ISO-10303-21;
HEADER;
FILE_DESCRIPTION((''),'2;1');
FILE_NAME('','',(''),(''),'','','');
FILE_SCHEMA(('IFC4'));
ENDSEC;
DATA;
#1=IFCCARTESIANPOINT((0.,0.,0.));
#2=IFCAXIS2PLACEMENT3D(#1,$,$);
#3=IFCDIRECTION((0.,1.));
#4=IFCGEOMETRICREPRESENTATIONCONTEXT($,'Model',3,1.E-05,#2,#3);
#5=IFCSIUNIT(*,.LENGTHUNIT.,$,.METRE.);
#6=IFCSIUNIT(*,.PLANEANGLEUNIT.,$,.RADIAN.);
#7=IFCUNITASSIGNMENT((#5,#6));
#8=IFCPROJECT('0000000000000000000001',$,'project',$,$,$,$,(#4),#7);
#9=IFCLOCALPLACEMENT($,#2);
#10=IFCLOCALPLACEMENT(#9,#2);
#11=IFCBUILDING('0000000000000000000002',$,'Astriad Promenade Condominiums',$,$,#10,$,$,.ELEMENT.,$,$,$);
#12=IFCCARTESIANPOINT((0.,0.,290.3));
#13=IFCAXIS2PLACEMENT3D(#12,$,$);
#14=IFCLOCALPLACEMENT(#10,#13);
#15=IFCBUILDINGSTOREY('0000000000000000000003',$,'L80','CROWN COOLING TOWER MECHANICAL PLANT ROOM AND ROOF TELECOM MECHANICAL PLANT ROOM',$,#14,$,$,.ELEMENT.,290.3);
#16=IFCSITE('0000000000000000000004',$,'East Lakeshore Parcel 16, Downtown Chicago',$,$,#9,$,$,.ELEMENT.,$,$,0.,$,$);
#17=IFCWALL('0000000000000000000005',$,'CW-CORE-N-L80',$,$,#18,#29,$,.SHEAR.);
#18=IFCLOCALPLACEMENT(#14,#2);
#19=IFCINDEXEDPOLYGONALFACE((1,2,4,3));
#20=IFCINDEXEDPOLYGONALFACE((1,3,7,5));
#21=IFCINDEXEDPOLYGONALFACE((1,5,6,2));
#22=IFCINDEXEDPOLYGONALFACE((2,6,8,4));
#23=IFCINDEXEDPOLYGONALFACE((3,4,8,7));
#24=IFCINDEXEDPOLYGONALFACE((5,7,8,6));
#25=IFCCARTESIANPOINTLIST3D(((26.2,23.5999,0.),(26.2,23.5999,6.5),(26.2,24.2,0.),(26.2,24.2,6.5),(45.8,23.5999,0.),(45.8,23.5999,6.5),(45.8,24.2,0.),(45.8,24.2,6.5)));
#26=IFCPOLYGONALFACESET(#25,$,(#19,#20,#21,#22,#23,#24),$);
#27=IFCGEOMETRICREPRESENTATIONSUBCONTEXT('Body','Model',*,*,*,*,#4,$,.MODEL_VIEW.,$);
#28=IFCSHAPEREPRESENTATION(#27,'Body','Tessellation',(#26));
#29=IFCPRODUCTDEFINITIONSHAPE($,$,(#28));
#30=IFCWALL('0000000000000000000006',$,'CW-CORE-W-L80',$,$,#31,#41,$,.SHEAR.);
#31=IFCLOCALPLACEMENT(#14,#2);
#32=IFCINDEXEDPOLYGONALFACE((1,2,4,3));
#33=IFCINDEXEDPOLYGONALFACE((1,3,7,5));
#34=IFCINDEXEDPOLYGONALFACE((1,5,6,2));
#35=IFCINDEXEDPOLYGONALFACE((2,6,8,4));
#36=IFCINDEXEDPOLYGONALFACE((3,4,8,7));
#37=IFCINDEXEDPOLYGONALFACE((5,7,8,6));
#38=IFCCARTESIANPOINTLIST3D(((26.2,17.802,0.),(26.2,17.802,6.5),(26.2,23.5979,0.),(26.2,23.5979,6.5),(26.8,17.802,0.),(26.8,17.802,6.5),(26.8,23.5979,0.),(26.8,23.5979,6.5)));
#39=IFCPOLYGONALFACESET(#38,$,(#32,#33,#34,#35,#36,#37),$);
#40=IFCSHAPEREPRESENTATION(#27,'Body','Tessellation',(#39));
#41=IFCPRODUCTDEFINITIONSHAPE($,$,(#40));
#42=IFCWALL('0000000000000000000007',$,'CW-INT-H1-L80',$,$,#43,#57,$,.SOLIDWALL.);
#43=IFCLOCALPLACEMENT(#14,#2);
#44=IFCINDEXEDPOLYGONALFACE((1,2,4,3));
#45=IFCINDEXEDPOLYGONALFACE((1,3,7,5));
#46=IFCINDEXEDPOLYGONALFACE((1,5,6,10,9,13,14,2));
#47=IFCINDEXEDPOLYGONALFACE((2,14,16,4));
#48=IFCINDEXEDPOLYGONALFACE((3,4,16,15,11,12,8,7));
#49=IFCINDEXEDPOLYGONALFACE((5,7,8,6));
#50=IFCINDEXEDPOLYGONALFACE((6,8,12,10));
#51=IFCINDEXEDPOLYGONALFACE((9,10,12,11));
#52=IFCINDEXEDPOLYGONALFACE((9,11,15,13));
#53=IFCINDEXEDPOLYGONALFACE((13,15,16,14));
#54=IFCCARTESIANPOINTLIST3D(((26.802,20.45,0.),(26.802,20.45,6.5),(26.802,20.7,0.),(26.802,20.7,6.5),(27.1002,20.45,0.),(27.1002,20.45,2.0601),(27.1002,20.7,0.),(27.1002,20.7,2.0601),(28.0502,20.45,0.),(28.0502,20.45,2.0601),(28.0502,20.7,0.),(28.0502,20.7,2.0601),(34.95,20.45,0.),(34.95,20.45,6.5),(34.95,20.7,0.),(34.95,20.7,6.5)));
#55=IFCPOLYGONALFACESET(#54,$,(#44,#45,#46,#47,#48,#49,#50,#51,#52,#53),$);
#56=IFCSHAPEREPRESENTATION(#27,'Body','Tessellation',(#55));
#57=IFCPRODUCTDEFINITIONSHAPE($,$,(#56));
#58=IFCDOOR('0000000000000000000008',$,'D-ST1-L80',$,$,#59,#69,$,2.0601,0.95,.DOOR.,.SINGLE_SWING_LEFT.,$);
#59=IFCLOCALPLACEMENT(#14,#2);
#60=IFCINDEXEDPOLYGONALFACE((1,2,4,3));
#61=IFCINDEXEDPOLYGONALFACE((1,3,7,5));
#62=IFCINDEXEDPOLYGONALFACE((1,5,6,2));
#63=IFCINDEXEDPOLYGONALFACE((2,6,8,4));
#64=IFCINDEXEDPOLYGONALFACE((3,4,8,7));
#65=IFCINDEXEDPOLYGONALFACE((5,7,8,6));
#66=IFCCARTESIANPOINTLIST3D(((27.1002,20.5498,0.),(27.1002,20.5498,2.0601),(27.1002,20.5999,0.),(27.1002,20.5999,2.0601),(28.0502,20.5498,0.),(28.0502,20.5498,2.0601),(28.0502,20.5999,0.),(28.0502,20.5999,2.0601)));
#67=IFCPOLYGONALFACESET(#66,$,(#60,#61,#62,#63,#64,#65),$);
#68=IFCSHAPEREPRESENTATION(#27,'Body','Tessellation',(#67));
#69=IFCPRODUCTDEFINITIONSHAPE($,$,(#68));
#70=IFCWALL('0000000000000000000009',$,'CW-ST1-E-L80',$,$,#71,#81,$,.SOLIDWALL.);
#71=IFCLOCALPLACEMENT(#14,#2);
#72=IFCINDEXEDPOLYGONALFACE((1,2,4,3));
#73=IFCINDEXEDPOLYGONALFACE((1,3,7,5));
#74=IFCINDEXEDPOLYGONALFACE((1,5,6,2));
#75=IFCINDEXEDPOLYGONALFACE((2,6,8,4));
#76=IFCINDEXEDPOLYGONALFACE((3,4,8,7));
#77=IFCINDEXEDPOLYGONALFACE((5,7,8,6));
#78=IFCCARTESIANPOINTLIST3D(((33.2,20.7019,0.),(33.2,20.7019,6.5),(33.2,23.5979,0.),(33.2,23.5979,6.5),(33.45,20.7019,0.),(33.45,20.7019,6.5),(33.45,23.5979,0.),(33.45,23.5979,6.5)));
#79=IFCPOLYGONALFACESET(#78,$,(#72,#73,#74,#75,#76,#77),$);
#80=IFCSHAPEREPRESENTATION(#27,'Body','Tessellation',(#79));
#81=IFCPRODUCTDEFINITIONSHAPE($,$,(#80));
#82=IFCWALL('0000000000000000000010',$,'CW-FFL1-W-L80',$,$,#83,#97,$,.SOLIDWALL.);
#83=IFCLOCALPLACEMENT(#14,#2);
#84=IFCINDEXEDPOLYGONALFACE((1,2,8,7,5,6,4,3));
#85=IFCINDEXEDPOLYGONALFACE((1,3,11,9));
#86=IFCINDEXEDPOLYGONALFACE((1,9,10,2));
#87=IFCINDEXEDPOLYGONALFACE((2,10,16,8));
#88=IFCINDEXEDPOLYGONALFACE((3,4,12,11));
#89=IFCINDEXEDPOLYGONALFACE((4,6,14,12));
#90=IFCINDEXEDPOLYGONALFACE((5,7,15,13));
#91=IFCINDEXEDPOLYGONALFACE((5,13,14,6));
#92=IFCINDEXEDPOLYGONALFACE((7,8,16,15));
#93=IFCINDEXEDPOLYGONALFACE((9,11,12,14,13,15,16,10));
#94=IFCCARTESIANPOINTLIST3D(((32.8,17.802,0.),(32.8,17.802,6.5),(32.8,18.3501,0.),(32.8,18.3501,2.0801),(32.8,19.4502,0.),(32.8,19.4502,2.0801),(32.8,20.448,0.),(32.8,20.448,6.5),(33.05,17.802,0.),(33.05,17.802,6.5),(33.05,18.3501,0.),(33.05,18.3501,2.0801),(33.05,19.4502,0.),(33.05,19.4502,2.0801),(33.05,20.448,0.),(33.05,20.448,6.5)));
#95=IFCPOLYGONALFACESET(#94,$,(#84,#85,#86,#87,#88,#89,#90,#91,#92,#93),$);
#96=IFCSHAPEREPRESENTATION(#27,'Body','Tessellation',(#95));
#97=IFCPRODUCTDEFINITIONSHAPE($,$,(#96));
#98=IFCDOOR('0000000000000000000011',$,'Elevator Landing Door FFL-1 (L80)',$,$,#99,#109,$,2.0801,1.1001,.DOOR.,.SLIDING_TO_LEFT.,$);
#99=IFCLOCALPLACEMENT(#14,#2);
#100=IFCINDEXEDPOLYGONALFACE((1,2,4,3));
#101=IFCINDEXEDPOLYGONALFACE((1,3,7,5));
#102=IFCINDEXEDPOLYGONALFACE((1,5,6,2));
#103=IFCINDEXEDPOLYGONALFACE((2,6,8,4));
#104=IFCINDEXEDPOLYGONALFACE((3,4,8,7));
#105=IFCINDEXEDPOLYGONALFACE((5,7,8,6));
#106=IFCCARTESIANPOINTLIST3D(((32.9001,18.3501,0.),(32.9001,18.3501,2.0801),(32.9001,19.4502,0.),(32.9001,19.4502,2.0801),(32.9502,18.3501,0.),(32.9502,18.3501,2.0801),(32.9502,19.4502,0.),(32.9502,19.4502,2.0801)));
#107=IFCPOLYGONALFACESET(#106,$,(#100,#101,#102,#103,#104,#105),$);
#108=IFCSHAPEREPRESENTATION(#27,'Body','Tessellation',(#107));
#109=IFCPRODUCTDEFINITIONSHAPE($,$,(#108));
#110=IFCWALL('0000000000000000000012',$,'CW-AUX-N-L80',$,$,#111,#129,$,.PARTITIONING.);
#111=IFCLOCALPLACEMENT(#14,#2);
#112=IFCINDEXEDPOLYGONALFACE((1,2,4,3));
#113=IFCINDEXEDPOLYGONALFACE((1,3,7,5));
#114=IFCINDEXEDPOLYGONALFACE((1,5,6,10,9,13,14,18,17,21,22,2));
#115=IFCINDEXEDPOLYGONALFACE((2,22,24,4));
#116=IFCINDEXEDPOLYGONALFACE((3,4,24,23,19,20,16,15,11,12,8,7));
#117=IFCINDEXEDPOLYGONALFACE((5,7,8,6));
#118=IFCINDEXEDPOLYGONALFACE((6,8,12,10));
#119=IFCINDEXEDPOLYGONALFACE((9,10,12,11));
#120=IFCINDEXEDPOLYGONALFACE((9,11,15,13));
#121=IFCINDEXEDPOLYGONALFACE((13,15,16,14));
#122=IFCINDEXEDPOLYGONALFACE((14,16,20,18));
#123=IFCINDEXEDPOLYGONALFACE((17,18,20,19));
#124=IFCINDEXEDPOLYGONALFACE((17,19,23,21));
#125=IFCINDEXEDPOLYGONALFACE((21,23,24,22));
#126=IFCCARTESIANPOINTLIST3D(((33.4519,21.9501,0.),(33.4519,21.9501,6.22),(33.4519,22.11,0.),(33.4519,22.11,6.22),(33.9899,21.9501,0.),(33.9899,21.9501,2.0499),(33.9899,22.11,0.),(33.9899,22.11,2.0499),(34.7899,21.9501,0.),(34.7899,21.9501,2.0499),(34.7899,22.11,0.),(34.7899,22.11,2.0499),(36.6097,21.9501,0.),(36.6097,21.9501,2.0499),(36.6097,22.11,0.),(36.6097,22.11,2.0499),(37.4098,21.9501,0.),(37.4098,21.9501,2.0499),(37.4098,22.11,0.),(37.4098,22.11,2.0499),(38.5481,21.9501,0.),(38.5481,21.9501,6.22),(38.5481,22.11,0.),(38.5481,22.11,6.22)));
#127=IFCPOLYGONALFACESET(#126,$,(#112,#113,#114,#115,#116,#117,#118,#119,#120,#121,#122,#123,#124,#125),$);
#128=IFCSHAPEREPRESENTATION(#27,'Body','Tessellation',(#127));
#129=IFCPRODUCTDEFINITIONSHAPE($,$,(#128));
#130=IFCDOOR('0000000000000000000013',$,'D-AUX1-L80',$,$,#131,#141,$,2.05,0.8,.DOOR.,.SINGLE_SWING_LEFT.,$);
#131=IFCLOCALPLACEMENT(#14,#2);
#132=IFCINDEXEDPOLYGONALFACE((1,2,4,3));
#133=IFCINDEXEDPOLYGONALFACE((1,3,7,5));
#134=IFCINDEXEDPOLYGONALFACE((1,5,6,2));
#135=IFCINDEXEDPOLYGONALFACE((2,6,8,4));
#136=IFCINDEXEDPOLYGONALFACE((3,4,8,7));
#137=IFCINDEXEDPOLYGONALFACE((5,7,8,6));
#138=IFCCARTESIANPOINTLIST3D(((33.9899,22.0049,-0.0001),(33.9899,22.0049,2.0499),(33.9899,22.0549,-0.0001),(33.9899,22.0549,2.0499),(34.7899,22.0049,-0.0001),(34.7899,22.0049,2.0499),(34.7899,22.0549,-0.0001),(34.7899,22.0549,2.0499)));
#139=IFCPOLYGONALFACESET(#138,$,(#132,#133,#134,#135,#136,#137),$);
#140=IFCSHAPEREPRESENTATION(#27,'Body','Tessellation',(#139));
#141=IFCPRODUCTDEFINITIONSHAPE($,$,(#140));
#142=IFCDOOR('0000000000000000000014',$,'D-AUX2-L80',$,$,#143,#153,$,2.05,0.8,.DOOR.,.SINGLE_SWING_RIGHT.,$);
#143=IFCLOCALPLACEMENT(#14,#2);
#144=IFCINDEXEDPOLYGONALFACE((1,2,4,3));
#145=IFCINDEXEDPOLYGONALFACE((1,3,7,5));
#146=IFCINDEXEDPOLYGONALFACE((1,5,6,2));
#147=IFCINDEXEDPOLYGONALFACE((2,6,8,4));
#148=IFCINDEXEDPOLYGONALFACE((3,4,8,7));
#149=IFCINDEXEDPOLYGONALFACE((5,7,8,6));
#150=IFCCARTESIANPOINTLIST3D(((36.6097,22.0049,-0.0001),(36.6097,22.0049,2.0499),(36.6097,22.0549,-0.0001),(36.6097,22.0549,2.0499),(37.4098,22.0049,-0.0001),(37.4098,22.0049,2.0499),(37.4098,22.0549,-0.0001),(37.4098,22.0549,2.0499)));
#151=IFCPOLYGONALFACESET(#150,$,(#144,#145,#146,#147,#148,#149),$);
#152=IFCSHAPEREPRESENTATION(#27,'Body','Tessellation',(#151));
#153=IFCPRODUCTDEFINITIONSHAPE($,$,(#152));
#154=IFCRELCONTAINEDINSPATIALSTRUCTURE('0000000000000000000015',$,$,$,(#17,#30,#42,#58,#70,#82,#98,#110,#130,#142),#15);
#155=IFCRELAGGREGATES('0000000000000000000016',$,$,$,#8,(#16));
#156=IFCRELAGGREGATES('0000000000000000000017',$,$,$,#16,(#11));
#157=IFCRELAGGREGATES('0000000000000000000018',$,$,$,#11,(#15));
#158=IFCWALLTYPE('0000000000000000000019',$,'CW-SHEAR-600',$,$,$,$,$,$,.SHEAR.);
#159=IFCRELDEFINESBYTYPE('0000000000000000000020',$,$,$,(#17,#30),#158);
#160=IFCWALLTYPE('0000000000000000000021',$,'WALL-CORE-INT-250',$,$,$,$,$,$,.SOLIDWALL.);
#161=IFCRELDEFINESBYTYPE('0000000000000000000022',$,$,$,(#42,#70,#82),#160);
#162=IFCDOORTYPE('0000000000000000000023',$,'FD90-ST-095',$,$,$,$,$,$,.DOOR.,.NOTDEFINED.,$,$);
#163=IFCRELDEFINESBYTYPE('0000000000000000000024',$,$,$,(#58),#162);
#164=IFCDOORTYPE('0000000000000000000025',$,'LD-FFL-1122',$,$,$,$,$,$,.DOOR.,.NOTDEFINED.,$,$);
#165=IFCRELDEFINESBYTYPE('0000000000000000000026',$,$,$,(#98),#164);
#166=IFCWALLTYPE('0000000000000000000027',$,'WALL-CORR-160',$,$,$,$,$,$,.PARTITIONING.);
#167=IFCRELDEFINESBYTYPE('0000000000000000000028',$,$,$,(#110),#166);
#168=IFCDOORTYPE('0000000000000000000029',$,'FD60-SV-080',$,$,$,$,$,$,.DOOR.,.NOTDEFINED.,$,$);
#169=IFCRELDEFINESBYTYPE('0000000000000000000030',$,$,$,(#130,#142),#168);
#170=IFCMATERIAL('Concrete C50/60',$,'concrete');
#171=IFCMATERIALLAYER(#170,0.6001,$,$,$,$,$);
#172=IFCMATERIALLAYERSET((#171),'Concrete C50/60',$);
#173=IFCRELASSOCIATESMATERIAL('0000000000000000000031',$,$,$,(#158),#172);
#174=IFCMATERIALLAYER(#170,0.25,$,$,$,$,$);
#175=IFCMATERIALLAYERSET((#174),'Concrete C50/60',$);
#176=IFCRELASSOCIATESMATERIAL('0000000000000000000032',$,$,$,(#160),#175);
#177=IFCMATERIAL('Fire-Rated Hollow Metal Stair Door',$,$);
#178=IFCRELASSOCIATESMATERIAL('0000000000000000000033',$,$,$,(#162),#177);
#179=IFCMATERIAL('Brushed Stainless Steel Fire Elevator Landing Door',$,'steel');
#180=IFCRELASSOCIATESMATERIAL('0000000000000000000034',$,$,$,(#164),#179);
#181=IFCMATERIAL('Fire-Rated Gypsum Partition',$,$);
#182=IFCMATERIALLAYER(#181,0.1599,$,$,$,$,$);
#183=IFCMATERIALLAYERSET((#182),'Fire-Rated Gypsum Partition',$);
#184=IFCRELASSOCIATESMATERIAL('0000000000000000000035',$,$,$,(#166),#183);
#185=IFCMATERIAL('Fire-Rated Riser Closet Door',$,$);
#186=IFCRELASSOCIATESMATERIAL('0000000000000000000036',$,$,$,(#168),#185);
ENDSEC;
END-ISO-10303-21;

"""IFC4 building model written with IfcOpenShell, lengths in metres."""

from ifc_helpers import new_model, si_unit, direction, frame, frame_2d, origin, place, context, subcontext, project, spatial, rectangle, extrude, source, transform, mapped, material, layer, layer_set, type_object, type_shapes, element, fill, save


model = new_model("IFC4")

# Units and contexts
model_context = context("Model", 3, precision=1e-05, world=origin(), true_north=direction((0.0, 1.0)))
body_context = subcontext(model_context, "Body", "Model", "MODEL_VIEW")
ifc_project = project(units=[si_unit("LENGTHUNIT", "METRE"), si_unit("PLANEANGLEUNIT", "RADIAN")], contexts=[model_context])

# Site, building, storey
site_placement = place(None, origin())
site = spatial("IfcSite", under=ifc_project, at=site_placement, Name="East Lakeshore Parcel 16, Downtown Chicago", CompositionType="ELEMENT", RefElevation=0.0)
building_placement = place(site_placement, origin())
building = spatial("IfcBuilding", under=site, at=building_placement, Name="Astriad Promenade Condominiums", CompositionType="ELEMENT")
storey_placement = place(building_placement, frame((0.0, 0.0, 290.3)))
storey = spatial("IfcBuildingStorey", under=building, at=storey_placement, Name="L80", Description="CROWN COOLING TOWER MECHANICAL PLANT ROOM AND ROOF TELECOM MECHANICAL PLANT ROOM", CompositionType="ELEMENT", Elevation=290.3)

# Walls
ifc_material_1 = material(Name="Concrete C50/60", Category="concrete")
ifc_layer_1 = layer(ifc_material_1, 0.6001)
ifc_layer_set_1 = layer_set([ifc_layer_1], Name="Concrete C50/60")
wall_type_1 = type_object("IfcWallType", Name="CW-SHEAR-600", PredefinedType="SHEAR", material=ifc_layer_set_1)
wall_1_placement = place(storey_placement, frame((26.2, 23.8999, 0.0), z_axis=(0.0, 0.0, 1.0), x_axis=(1.0, 0.0, 0.0)))
element("IfcWall", 1, at=wall_1_placement, inside=storey, type_object=wall_type_1, Name="CW-CORE-N-L80", PredefinedType="SHEAR", context=body_context, shape_type="SweptSolid", body=[
    extrude(rectangle(XDim=19.6001, YDim=0.6001, at=frame_2d((9.8, 0.0))), origin(), (0.0, 0.0, 1.0), 6.5),
])
wall_2_placement = place(storey_placement, frame((26.5, 17.802, 0.0), z_axis=(0.0, 0.0, 1.0), x_axis=(0.0, 1.0, 0.0)))
element("IfcWall", 2, at=wall_2_placement, inside=storey, type_object=wall_type_1, Name="CW-CORE-W-L80", PredefinedType="SHEAR", context=body_context, shape_type="SweptSolid", body=[
    extrude(rectangle(XDim=5.7959, YDim=0.6001, at=frame_2d((2.8979, 0.0))), origin(), (0.0, 0.0, 1.0), 6.5),
])

# Wall, opening, door
ifc_layer_2 = layer(ifc_material_1, 0.25)
ifc_layer_set_2 = layer_set([ifc_layer_2], Name="Concrete C50/60")
wall_type_2 = type_object("IfcWallType", Name="WALL-CORE-INT-250", PredefinedType="SOLIDWALL", material=ifc_layer_set_2)
wall_3_placement = place(storey_placement, frame((26.802, 20.575, 0.0), z_axis=(0.0, 0.0, 1.0), x_axis=(1.0, 0.0, 0.0)))
wall_3 = element("IfcWall", 3, at=wall_3_placement, inside=storey, type_object=wall_type_2, Name="CW-INT-H1-L80", PredefinedType="SOLIDWALL", context=body_context, shape_type="SweptSolid", body=[
    extrude(rectangle(XDim=8.1479, YDim=0.25, at=frame_2d((4.074, 0.0))), origin(), (0.0, 0.0, 1.0), 6.5),
])
opening_1_placement = place(wall_3_placement, frame((0.2981, 0.0, 0.0)))
opening_1 = element("IfcOpeningElement", 4, at=opening_1_placement, cuts=wall_3, PredefinedType="OPENING", context=body_context, shape_type="SweptSolid", body=[
    extrude(rectangle(XDim=0.95, YDim=2.0601, at=frame_2d((0.4751, 1.03))), frame((0.0, 0.135, 0.0), z_axis=(0.0, -1.0, 0.0), x_axis=(1.0, 0.0, 0.0)), (0.0, 0.0, 1.0), 0.27),
])
ifc_material_2 = material(Name="Fire-Rated Hollow Metal Stair Door")
door_type_1 = type_object("IfcDoorType", Name="FD90-ST-095", OperationType="NOTDEFINED", PredefinedType="DOOR", material=ifc_material_2)
shared_shape_1 = source(origin(), body_context, "Body", "SweptSolid", [
    extrude(rectangle(XDim=0.95, YDim=2.0601, at=frame_2d((0.4751, 1.03))), frame((0.0, 0.0249, 0.0), z_axis=(0.0, -1.0, 0.0), x_axis=(1.0, 0.0, 0.0)), (0.0, 0.0, 1.0), 0.05),
])
type_shapes(door_type_1, [shared_shape_1])
door_1_placement = place(opening_1_placement, origin())
door_1 = element("IfcDoor", 5, at=door_1_placement, inside=storey, type_object=door_type_1, Name="D-ST1-L80", OperationType="SINGLE_SWING_LEFT", OverallHeight=2.0601, OverallWidth=0.95, PredefinedType="DOOR", context=body_context, shape_type="MappedRepresentation", body=[
    mapped(shared_shape_1, transform((0.0, 0.0, 0.0), scale=1.0)),
])
fill(opening_1, door_1)

# Wall
wall_4_placement = place(storey_placement, frame((33.325, 20.7019, 0.0), z_axis=(0.0, 0.0, 1.0), x_axis=(0.0, 1.0, 0.0)))
element("IfcWall", 6, at=wall_4_placement, inside=storey, type_object=wall_type_2, Name="CW-ST1-E-L80", PredefinedType="SOLIDWALL", context=body_context, shape_type="SweptSolid", body=[
    extrude(rectangle(XDim=2.896, YDim=0.25, at=frame_2d((1.448, 0.0))), origin(), (0.0, 0.0, 1.0), 6.5),
])

# Wall, opening, door
wall_5_placement = place(storey_placement, frame((32.925, 17.802, 0.0), z_axis=(0.0, 0.0, 1.0), x_axis=(0.0, 1.0, 0.0)))
wall_5 = element("IfcWall", 7, at=wall_5_placement, inside=storey, type_object=wall_type_2, Name="CW-FFL1-W-L80", PredefinedType="SOLIDWALL", context=body_context, shape_type="SweptSolid", body=[
    extrude(rectangle(XDim=2.646, YDim=0.25, at=frame_2d((1.323, 0.0))), origin(), (0.0, 0.0, 1.0), 6.5),
])
opening_2_placement = place(wall_5_placement, frame((0.5481, 0.0, 0.0)))
opening_2 = element("IfcOpeningElement", 8, at=opening_2_placement, cuts=wall_5, PredefinedType="OPENING", context=body_context, shape_type="SweptSolid", body=[
    extrude(rectangle(XDim=1.1001, YDim=2.0801, at=frame_2d((0.55, 1.04))), frame((0.0, 0.135, 0.0), z_axis=(0.0, -1.0, 0.0), x_axis=(1.0, 0.0, 0.0)), (0.0, 0.0, 1.0), 0.27),
])
ifc_material_3 = material(Name="Brushed Stainless Steel Fire Elevator Landing Door", Category="steel")
door_type_2 = type_object("IfcDoorType", Name="LD-FFL-1122", OperationType="NOTDEFINED", PredefinedType="DOOR", material=ifc_material_3)
shared_shape_2 = source(origin(), body_context, "Body", "SweptSolid", [
    extrude(rectangle(XDim=1.1001, YDim=2.0801, at=frame_2d((0.55, 1.04))), frame((0.0, 0.0249, 0.0), z_axis=(0.0, -1.0, 0.0), x_axis=(1.0, 0.0, 0.0)), (0.0, 0.0, 1.0), 0.05),
])
type_shapes(door_type_2, [shared_shape_2])
door_2_placement = place(opening_2_placement, origin())
door_2 = element("IfcDoor", 9, at=door_2_placement, inside=storey, type_object=door_type_2, Name="Elevator Landing Door FFL-1 (L80)", OperationType="SLIDING_TO_LEFT", OverallHeight=2.0801, OverallWidth=1.1001, PredefinedType="DOOR", context=body_context, shape_type="MappedRepresentation", body=[
    mapped(shared_shape_2, transform((0.0, 0.0, 0.0), scale=1.0)),
])
fill(opening_2, door_2)

# Wall, openings, doors
ifc_material_4 = material(Name="Fire-Rated Gypsum Partition")
ifc_layer_3 = layer(ifc_material_4, 0.1599)
ifc_layer_set_3 = layer_set([ifc_layer_3], Name="Fire-Rated Gypsum Partition")
wall_type_3 = type_object("IfcWallType", Name="WALL-CORR-160", PredefinedType="PARTITIONING", material=ifc_layer_set_3)
wall_6_placement = place(storey_placement, frame((33.4519, 22.03, 0.0), z_axis=(0.0, 0.0, 1.0), x_axis=(1.0, 0.0, 0.0)))
wall_6 = element("IfcWall", 10, at=wall_6_placement, inside=storey, type_object=wall_type_3, Name="CW-AUX-N-L80", PredefinedType="PARTITIONING", context=body_context, shape_type="SweptSolid", body=[
    extrude(rectangle(XDim=5.0962, YDim=0.1599, at=frame_2d((2.5481, 0.0))), origin(), (0.0, 0.0, 1.0), 6.22),
])
opening_3_placement = place(wall_6_placement, frame((0.5381, 0.0, 0.0)))
opening_3 = element("IfcOpeningElement", 11, at=opening_3_placement, cuts=wall_6, PredefinedType="OPENING", context=body_context, shape_type="SweptSolid", body=[
    extrude(rectangle(XDim=0.8, YDim=2.05, at=frame_2d((0.3999, 1.0249))), frame((0.0, 0.0898, 0.0), z_axis=(0.0, -1.0, 0.0), x_axis=(1.0, 0.0, 0.0)), (0.0, 0.0, 1.0), 0.1799),
])
opening_4_placement = place(wall_6_placement, frame((3.158, 0.0, 0.0)))
opening_4 = element("IfcOpeningElement", 12, at=opening_4_placement, cuts=wall_6, PredefinedType="OPENING", context=body_context, shape_type="SweptSolid", body=[
    extrude(rectangle(XDim=0.8, YDim=2.05, at=frame_2d((0.3999, 1.0249))), frame((0.0, 0.0898, 0.0), z_axis=(0.0, -1.0, 0.0), x_axis=(1.0, 0.0, 0.0)), (0.0, 0.0, 1.0), 0.1799),
])
ifc_material_5 = material(Name="Fire-Rated Riser Closet Door")
door_type_3 = type_object("IfcDoorType", Name="FD60-SV-080", OperationType="NOTDEFINED", PredefinedType="DOOR", material=ifc_material_5)
shared_shape_3 = source(origin(), body_context, "Body", "SweptSolid", [
    extrude(rectangle(XDim=0.8, YDim=2.05, at=frame_2d((0.3999, 1.0249))), frame((0.0, 0.0249, 0.0), z_axis=(0.0, -1.0, 0.0), x_axis=(1.0, 0.0, 0.0)), (0.0, 0.0, 1.0), 0.05),
])
type_shapes(door_type_3, [shared_shape_3])
door_3_placement = place(opening_3_placement, origin())
door_3 = element("IfcDoor", 13, at=door_3_placement, inside=storey, type_object=door_type_3, Name="D-AUX1-L80", OperationType="SINGLE_SWING_LEFT", OverallHeight=2.05, OverallWidth=0.8, PredefinedType="DOOR", context=body_context, shape_type="MappedRepresentation", body=[
    mapped(shared_shape_3, transform((0.0, 0.0, 0.0), scale=1.0)),
])
fill(opening_3, door_3)
door_4_placement = place(opening_4_placement, origin())
door_4 = element("IfcDoor", 14, at=door_4_placement, inside=storey, type_object=door_type_3, Name="D-AUX2-L80", OperationType="SINGLE_SWING_RIGHT", OverallHeight=2.05, OverallWidth=0.8, PredefinedType="DOOR", context=body_context, shape_type="MappedRepresentation", body=[
    mapped(shared_shape_3, transform((0.0, 0.0, 0.0), scale=1.0)),
])
fill(opening_4, door_4)

save(model, "model.ifc")
